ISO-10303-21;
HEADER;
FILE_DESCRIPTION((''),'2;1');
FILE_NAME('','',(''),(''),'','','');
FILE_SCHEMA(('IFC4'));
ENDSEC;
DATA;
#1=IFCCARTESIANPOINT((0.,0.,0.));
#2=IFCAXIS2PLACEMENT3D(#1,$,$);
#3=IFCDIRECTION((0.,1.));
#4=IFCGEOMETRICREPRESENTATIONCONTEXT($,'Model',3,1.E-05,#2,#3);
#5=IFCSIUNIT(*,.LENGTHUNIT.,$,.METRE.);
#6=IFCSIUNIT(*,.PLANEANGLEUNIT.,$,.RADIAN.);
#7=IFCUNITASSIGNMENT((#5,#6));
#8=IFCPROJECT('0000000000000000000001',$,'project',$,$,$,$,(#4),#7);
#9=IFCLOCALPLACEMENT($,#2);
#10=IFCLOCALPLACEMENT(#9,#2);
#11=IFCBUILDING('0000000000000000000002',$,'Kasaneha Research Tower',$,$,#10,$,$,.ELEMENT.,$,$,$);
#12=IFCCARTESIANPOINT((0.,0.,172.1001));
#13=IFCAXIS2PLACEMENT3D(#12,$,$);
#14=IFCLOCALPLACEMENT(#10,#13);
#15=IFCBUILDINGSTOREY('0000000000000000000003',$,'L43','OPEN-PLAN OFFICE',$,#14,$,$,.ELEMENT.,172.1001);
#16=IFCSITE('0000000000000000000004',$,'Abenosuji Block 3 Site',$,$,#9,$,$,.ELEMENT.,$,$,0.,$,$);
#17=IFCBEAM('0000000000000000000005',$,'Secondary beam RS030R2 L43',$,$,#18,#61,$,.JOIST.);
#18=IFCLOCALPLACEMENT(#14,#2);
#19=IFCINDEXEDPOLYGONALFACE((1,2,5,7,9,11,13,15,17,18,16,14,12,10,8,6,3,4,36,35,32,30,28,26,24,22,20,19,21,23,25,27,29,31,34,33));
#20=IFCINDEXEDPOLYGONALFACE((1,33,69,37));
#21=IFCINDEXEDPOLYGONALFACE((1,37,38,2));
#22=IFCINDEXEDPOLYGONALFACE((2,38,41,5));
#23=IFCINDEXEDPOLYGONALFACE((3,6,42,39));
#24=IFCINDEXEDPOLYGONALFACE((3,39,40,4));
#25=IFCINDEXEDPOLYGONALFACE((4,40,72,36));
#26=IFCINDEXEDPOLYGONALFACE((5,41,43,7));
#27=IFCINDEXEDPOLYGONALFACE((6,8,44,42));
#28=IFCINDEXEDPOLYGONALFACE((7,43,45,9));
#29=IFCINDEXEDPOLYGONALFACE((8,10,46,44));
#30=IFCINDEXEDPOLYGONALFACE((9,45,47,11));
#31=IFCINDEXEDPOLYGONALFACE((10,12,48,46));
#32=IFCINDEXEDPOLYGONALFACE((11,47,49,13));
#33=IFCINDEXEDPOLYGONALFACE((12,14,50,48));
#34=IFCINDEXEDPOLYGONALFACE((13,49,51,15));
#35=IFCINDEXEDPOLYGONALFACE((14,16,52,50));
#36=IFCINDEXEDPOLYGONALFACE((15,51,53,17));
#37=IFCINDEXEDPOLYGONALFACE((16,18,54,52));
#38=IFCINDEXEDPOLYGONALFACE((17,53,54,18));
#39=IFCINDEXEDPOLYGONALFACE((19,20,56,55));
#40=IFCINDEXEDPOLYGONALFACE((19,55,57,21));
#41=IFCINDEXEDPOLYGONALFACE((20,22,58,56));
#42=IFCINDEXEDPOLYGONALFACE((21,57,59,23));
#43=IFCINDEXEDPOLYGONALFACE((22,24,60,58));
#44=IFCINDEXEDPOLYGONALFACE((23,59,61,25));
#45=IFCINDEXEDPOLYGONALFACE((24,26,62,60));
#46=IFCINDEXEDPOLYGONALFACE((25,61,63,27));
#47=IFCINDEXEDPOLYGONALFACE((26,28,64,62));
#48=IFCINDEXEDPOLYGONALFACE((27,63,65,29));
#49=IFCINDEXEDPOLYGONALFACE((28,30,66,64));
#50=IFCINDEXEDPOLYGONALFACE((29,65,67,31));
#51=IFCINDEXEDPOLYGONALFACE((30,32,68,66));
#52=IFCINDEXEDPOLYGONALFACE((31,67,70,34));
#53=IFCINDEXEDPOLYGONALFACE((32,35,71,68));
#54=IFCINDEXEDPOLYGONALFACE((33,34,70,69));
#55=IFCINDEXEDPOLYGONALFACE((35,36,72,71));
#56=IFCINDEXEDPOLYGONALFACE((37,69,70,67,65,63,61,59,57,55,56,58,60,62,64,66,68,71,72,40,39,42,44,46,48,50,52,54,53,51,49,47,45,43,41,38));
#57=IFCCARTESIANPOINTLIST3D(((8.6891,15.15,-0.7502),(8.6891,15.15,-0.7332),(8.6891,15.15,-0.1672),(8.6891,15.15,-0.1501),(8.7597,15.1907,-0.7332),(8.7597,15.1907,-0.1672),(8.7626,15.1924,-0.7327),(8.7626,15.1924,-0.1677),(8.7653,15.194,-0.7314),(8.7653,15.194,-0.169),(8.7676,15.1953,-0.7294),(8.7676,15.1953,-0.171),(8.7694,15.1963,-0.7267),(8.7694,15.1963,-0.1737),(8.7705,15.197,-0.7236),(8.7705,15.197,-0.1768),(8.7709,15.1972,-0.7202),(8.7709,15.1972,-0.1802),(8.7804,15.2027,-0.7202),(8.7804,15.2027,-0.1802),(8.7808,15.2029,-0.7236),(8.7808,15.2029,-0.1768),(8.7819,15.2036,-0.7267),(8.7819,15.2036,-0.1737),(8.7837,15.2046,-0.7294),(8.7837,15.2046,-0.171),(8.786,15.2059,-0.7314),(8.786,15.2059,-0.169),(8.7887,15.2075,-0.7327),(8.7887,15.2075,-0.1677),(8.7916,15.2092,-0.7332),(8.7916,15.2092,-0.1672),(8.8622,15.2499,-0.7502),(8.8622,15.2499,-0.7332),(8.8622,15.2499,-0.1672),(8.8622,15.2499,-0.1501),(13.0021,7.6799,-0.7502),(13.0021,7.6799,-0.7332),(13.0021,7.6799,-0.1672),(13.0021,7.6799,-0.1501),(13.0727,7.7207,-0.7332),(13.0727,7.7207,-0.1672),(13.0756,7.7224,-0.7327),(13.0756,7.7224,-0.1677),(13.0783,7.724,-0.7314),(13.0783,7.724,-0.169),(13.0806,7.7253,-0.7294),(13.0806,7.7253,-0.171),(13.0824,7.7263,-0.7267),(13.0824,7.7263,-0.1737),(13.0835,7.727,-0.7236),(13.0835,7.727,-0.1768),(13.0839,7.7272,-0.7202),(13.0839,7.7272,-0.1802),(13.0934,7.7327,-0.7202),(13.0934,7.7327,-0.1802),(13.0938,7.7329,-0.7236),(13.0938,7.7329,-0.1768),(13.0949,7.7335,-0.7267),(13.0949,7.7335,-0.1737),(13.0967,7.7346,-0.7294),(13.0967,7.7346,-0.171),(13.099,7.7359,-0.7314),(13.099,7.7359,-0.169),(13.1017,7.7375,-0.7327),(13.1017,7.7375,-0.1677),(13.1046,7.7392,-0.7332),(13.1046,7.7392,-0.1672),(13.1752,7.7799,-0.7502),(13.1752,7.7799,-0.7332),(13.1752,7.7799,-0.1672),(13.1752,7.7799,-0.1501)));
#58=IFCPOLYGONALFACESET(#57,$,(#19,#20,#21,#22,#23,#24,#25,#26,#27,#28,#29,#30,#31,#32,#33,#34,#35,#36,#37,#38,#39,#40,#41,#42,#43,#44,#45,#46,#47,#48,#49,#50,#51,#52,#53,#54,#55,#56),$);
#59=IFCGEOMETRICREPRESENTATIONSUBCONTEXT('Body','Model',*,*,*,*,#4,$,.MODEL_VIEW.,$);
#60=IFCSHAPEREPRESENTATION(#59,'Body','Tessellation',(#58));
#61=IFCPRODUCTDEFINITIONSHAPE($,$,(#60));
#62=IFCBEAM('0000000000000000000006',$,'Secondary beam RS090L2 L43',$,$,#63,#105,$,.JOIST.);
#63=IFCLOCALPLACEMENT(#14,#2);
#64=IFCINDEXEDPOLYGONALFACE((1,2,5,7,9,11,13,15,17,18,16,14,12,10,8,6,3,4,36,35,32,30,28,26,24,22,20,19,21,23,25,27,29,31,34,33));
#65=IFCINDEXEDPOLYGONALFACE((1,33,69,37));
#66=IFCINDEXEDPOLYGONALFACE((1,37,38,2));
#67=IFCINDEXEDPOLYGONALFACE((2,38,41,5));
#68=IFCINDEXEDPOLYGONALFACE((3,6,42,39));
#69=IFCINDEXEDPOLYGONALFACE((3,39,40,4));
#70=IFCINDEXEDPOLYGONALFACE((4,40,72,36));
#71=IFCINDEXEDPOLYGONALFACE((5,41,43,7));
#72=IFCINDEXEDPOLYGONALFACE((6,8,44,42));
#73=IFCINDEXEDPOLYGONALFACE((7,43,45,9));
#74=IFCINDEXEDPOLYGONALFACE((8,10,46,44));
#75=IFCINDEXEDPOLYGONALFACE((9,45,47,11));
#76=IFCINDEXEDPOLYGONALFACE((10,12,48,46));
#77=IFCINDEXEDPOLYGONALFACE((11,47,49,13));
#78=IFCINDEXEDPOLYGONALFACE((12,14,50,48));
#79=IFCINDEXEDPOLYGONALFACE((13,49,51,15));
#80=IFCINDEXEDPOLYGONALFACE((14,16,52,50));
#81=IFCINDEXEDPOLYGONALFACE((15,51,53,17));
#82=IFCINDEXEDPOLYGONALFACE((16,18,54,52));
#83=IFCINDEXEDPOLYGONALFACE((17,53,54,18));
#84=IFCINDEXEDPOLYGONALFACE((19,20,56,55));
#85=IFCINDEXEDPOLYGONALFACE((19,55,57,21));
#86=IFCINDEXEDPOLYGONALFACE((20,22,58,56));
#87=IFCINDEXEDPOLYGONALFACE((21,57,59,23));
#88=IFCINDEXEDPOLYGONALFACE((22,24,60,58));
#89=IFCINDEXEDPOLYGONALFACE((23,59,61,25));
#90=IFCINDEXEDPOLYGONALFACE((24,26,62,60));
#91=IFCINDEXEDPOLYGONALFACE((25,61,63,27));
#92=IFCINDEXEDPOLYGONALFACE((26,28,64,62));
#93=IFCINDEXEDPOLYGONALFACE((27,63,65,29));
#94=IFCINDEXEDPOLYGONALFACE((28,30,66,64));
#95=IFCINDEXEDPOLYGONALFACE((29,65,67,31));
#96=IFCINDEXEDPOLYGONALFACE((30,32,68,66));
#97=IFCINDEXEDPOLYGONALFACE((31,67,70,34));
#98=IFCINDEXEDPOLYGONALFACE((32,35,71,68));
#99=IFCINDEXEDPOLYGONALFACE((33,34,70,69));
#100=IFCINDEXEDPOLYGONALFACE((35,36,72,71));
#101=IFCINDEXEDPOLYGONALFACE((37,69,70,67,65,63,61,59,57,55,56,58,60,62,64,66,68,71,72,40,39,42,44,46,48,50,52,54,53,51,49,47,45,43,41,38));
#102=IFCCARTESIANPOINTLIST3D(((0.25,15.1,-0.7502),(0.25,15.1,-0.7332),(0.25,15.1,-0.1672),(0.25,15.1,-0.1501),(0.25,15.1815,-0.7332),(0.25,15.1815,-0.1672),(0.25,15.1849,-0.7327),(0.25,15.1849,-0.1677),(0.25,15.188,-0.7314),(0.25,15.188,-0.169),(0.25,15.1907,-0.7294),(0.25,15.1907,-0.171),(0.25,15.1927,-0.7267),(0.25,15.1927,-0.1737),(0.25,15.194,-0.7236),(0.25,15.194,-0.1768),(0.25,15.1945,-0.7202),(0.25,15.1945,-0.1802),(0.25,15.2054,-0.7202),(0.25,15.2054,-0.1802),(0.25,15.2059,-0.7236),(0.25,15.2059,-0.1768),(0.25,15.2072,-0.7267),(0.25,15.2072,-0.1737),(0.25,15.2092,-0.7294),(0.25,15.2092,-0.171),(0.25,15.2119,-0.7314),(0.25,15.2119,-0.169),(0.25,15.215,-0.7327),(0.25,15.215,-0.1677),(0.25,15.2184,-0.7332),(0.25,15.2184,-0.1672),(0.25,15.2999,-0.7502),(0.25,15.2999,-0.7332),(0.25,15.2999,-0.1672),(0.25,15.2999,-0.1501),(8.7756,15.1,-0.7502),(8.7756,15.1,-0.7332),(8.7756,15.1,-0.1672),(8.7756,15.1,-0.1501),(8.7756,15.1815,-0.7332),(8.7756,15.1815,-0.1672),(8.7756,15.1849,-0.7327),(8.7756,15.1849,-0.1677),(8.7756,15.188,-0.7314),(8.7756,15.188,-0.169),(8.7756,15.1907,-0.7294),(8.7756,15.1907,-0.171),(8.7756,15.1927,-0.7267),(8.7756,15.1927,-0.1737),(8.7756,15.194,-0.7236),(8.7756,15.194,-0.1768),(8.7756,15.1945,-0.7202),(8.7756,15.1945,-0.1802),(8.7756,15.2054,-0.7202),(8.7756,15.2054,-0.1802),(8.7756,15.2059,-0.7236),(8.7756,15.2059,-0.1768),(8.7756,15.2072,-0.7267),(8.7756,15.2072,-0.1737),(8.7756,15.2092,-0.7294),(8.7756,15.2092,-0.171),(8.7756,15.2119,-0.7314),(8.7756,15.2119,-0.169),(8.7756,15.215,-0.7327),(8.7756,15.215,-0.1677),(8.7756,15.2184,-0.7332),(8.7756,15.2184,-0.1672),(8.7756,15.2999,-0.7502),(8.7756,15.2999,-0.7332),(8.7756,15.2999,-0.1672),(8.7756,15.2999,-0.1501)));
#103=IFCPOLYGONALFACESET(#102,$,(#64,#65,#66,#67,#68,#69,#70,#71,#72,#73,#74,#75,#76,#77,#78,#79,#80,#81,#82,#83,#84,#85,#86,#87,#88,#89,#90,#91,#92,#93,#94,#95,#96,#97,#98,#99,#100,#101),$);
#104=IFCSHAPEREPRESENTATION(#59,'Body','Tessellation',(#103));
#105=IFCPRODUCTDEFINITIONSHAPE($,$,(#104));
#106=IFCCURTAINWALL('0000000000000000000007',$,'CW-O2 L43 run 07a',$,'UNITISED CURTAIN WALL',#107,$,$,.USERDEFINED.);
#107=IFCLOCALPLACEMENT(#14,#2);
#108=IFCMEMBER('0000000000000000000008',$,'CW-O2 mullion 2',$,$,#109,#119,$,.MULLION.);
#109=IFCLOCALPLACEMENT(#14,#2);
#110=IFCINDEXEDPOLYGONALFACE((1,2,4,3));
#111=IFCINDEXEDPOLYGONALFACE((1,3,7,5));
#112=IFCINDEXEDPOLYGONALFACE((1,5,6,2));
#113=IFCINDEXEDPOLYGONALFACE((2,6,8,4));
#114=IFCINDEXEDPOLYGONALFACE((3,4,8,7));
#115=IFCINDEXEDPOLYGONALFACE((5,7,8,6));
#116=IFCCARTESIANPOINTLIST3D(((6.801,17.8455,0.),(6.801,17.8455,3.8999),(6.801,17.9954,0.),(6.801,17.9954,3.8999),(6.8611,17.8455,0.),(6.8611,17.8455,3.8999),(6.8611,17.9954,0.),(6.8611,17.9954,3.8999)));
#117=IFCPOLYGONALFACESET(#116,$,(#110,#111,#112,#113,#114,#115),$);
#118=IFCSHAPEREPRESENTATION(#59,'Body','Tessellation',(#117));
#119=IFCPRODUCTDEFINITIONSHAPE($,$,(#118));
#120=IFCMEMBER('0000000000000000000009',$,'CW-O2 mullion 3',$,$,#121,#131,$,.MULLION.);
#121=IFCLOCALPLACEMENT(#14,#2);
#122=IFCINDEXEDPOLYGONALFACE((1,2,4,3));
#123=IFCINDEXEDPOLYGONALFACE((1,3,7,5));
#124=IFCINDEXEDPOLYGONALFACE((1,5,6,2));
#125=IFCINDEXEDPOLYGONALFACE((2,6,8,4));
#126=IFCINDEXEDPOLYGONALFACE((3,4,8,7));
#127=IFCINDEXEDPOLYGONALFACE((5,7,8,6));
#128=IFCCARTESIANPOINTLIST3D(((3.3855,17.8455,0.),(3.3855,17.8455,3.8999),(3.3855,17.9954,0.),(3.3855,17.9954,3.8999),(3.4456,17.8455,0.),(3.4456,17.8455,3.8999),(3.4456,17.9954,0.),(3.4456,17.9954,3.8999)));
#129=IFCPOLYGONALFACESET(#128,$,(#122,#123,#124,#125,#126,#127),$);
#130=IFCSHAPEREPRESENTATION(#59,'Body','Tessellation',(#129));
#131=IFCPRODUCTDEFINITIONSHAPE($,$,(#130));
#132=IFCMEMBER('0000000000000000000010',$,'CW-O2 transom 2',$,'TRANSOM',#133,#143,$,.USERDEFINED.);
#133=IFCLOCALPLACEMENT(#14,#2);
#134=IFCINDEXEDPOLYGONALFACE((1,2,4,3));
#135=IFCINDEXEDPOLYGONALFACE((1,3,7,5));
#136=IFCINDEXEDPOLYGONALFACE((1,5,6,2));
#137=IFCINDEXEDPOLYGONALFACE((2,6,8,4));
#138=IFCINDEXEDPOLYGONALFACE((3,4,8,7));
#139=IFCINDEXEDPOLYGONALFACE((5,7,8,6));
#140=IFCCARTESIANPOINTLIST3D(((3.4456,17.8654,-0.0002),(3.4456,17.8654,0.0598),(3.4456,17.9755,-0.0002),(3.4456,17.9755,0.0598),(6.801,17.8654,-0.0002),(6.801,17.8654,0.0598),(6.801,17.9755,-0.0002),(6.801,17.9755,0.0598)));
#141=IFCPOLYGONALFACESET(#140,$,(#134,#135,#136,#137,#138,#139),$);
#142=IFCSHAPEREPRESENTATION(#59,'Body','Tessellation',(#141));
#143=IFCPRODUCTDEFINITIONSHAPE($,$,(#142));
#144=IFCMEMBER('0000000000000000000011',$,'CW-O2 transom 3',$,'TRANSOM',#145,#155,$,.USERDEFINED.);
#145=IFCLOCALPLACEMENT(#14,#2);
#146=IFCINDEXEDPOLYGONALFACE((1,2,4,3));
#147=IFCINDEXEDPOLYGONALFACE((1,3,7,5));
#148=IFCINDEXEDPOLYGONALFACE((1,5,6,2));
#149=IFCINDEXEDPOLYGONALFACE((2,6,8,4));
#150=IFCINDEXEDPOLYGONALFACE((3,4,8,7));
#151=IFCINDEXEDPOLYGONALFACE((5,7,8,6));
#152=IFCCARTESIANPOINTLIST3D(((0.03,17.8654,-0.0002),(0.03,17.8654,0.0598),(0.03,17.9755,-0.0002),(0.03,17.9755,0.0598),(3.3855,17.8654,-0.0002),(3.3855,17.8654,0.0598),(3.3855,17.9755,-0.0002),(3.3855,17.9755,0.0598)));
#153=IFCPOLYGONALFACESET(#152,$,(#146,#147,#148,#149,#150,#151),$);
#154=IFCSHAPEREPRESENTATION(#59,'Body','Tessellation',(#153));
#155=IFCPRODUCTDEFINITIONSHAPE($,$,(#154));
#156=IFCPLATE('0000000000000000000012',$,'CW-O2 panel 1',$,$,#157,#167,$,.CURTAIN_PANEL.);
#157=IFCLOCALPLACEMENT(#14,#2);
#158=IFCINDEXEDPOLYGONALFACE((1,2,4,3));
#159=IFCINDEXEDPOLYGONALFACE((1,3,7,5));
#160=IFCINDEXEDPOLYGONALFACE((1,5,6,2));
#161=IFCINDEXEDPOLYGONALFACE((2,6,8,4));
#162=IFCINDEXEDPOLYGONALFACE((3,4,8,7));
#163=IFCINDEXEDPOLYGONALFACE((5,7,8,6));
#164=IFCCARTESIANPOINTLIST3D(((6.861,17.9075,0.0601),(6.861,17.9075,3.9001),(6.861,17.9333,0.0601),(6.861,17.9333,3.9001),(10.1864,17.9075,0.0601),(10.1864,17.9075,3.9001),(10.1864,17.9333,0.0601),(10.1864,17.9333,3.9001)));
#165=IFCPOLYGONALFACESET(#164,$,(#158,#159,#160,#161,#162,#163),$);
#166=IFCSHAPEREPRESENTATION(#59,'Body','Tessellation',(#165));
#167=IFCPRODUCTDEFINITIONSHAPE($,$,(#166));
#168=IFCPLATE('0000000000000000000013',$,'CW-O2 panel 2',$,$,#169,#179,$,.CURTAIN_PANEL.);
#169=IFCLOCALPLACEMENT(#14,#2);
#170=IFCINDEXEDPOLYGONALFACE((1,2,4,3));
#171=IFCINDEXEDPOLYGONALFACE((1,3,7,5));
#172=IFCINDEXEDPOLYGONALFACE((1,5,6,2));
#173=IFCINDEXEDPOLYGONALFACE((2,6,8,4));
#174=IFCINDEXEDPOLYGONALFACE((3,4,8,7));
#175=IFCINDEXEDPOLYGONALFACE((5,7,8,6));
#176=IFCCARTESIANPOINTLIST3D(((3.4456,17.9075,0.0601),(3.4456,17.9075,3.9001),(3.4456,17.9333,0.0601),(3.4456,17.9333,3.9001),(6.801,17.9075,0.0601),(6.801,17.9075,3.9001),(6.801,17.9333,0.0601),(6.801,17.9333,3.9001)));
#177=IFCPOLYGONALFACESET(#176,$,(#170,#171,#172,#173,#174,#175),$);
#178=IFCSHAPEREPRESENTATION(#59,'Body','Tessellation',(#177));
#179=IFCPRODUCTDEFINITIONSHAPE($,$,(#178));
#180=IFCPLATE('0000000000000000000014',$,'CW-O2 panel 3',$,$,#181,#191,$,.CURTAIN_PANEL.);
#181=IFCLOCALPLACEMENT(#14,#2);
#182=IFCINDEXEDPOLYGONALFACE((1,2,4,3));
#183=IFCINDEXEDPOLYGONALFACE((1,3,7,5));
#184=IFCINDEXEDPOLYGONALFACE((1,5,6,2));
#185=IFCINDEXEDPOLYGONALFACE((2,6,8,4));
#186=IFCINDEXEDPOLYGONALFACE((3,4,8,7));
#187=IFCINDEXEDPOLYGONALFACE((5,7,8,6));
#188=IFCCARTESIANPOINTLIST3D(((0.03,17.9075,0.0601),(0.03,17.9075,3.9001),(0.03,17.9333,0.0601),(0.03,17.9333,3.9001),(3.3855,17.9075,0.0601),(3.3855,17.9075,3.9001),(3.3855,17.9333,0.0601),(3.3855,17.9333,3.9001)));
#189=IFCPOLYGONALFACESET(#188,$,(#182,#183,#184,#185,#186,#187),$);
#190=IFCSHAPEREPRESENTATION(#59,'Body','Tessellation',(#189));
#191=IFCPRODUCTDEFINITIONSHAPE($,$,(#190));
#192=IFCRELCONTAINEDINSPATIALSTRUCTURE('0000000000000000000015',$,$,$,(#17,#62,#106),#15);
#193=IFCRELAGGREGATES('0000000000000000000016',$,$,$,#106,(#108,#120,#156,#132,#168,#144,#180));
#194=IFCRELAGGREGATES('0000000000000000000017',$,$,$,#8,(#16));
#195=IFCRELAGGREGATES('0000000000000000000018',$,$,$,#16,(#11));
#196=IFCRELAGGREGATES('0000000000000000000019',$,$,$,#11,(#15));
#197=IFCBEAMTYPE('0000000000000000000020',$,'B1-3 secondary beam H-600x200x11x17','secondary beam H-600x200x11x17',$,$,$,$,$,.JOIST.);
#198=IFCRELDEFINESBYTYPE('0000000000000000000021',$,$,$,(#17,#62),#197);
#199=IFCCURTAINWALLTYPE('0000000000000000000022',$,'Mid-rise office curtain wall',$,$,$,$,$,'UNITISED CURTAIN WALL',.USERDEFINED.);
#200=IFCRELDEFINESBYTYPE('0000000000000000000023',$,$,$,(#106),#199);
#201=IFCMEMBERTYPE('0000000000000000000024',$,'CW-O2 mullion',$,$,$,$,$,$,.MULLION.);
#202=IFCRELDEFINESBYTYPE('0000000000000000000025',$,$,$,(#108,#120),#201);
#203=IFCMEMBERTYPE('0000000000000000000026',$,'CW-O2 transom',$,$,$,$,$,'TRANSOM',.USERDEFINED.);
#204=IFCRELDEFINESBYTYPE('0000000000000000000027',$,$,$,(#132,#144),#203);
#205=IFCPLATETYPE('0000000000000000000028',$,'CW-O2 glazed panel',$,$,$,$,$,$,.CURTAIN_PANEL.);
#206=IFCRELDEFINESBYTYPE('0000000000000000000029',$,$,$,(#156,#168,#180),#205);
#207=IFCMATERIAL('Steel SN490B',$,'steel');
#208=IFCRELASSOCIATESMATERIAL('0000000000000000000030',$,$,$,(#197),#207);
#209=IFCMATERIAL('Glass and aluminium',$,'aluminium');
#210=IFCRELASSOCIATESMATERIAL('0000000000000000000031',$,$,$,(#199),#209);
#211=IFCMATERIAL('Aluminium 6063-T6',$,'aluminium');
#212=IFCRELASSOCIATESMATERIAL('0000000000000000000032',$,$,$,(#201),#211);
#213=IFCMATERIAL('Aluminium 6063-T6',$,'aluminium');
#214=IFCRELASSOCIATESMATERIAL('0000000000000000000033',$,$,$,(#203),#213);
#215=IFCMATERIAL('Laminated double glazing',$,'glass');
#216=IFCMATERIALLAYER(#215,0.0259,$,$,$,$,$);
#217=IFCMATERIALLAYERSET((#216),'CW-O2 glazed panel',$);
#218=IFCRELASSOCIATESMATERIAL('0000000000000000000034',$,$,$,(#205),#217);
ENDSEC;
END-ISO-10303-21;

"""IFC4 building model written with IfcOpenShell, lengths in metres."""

from ifc_helpers import new_model, si_unit, direction, frame, origin, origin_2d, place, context, subcontext, project, spatial, rectangle, i_section, extrude, material, layer, layer_set, material_profile, profile_set, type_object, element, aggregate, save


model = new_model("IFC4")

# Units and contexts
model_context = context("Model", 3, precision=1e-05, world=origin(), true_north=direction((0.0, 1.0)))
body_context = subcontext(model_context, "Body", "Model", "MODEL_VIEW")
ifc_project = project(units=[si_unit("LENGTHUNIT", "METRE"), si_unit("PLANEANGLEUNIT", "RADIAN")], contexts=[model_context])

# Site, building, storey
site_placement = place(None, origin())
site = spatial("IfcSite", under=ifc_project, at=site_placement, Name="Abenosuji Block 3 Site", CompositionType="ELEMENT", RefElevation=0.0)
building_placement = place(site_placement, origin())
building = spatial("IfcBuilding", under=site, at=building_placement, Name="Kasaneha Research Tower", CompositionType="ELEMENT")
storey_placement = place(building_placement, frame((0.0, 0.0, 172.1001)))
storey = spatial("IfcBuildingStorey", under=building, at=storey_placement, Name="L43", Description="OPEN-PLAN OFFICE", CompositionType="ELEMENT", Elevation=172.1001)

# Beams
ifc_material_1 = material(Name="Steel SN490B", Category="steel")
ifc_material_profile_1 = material_profile(ifc_material_1, i_section(OverallWidth=0.2, OverallDepth=0.6001, WebThickness=0.011, FlangeThickness=0.0171, FilletRadius=0.0129, at=origin_2d()), Name="H-600x200x11x17")
ifc_profile_set_1 = profile_set([ifc_material_profile_1], Name="Steel SN490B")
beam_type = type_object("IfcBeamType", Name="B1-3 secondary beam H-600x200x11x17", Description="secondary beam H-600x200x11x17", PredefinedType="JOIST", material=ifc_profile_set_1)
beam_1_placement = place(storey_placement, frame((8.7756, 15.2, -0.4502), z_axis=(0.500017, -0.866015, 0.0), x_axis=(0.866015, 0.500017, 0.0)))
element("IfcBeam", 1, at=beam_1_placement, inside=storey, type_object=beam_type, Name="Secondary beam RS030R2 L43", PredefinedType="JOIST", context=body_context, shape_type="SweptSolid", body=[
    extrude(i_section(OverallWidth=0.2, OverallDepth=0.6001, WebThickness=0.011, FlangeThickness=0.0171, FilletRadius=0.0129, at=origin_2d()), origin(), (0.0, 0.0, 1.0), 8.6257),
])
beam_2_placement = place(storey_placement, frame((8.7756, 15.2, -0.4502), z_axis=(-1.0, 0.0, 0.0), x_axis=(0.0, -1.0, 0.0)))
element("IfcBeam", 2, at=beam_2_placement, inside=storey, type_object=beam_type, Name="Secondary beam RS090L2 L43", PredefinedType="JOIST", context=body_context, shape_type="SweptSolid", body=[
    extrude(i_section(OverallWidth=0.2, OverallDepth=0.6001, WebThickness=0.011, FlangeThickness=0.0171, FilletRadius=0.0129, at=origin_2d()), origin(), (0.0, 0.0, 1.0), 8.5256),
])

# Curtain wall, members, plates
ifc_material_2 = material(Name="Glass and aluminium", Category="aluminium")
curtain_wall_type = type_object("IfcCurtainWallType", Name="Mid-rise office curtain wall", ElementType="UNITISED CURTAIN WALL", PredefinedType="USERDEFINED", material=ifc_material_2)
curtain_wall_placement = place(storey_placement, origin())
curtain_wall = element("IfcCurtainWall", 3, at=curtain_wall_placement, inside=storey, type_object=curtain_wall_type, Name="CW-O2 L43 run 07a", ObjectType="UNITISED CURTAIN WALL", PredefinedType="USERDEFINED")
ifc_material_3 = material(Name="Aluminium 6063-T6", Category="aluminium")
ifc_material_profile_2 = material_profile(ifc_material_3, rectangle(XDim=0.0601, YDim=0.1499, at=origin_2d()), Name="CW-O2 mullion 60x150")
ifc_profile_set_2 = profile_set([ifc_material_profile_2], Name="Aluminium 6063-T6")
member_type_1 = type_object("IfcMemberType", Name="CW-O2 mullion", PredefinedType="MULLION", material=ifc_profile_set_2)
member_1_placement = place(storey_placement, frame((6.8311, 17.9204, 0.0), z_axis=(0.0, 0.0, 1.0), x_axis=(-1.0, 0.0, 0.0)))
member_1 = element("IfcMember", 4, at=member_1_placement, type_object=member_type_1, Name="CW-O2 mullion 2", PredefinedType="MULLION", context=body_context, shape_type="SweptSolid", body=[
    extrude(rectangle(XDim=0.0601, YDim=0.1499, at=origin_2d()), origin(), (0.0, 0.0, 1.0), 3.8999),
])
member_2_placement = place(storey_placement, frame((3.4155, 17.9204, 0.0), z_axis=(0.0, 0.0, 1.0), x_axis=(-1.0, 0.0, 0.0)))
member_2 = element("IfcMember", 5, at=member_2_placement, type_object=member_type_1, Name="CW-O2 mullion 3", PredefinedType="MULLION", context=body_context, shape_type="SweptSolid", body=[
    extrude(rectangle(XDim=0.0601, YDim=0.1499, at=origin_2d()), origin(), (0.0, 0.0, 1.0), 3.8999),
])
ifc_material_4 = material(Name="Aluminium 6063-T6", Category="aluminium")
ifc_material_profile_3 = material_profile(ifc_material_4, rectangle(XDim=0.1101, YDim=0.0601, at=origin_2d()), Name="CW-O2 transom 110x60")
ifc_profile_set_3 = profile_set([ifc_material_profile_3], Name="Aluminium 6063-T6")
member_type_2 = type_object("IfcMemberType", Name="CW-O2 transom", ElementType="TRANSOM", PredefinedType="USERDEFINED", material=ifc_profile_set_3)
member_3_placement = place(storey_placement, frame((6.801, 17.9204, 0.0298), z_axis=(-1.0, 0.0, 0.0), x_axis=(0.0, -1.0, 0.0)))
member_3 = element("IfcMember", 6, at=member_3_placement, type_object=member_type_2, Name="CW-O2 transom 2", ObjectType="TRANSOM", PredefinedType="USERDEFINED", context=body_context, shape_type="SweptSolid", body=[
    extrude(rectangle(XDim=0.1101, YDim=0.0601, at=origin_2d()), origin(), (0.0, 0.0, 1.0), 3.3555),
])
member_4_placement = place(storey_placement, frame((3.3855, 17.9204, 0.0298), z_axis=(-1.0, 0.0, 0.0), x_axis=(0.0, -1.0, 0.0)))
member_4 = element("IfcMember", 7, at=member_4_placement, type_object=member_type_2, Name="CW-O2 transom 3", ObjectType="TRANSOM", PredefinedType="USERDEFINED", context=body_context, shape_type="SweptSolid", body=[
    extrude(rectangle(XDim=0.1101, YDim=0.0601, at=origin_2d()), origin(), (0.0, 0.0, 1.0), 3.3555),
])
ifc_material_5 = material(Name="Laminated double glazing", Category="glass")
ifc_layer_1 = layer(ifc_material_5, 0.0259)
ifc_layer_set_1 = layer_set([ifc_layer_1], Name="CW-O2 glazed panel")
plate_type = type_object("IfcPlateType", Name="CW-O2 glazed panel", PredefinedType="CURTAIN_PANEL", material=ifc_layer_set_1)
plate_1_placement = place(storey_placement, frame((8.5237, 17.9204, 0.0601), z_axis=(0.0, 0.0, 1.0), x_axis=(-1.0, 0.0, 0.0)))
plate_1 = element("IfcPlate", 8, at=plate_1_placement, type_object=plate_type, Name="CW-O2 panel 1", PredefinedType="CURTAIN_PANEL", context=body_context, shape_type="SweptSolid", body=[
    extrude(rectangle(XDim=3.3254, YDim=0.0259, at=origin_2d()), origin(), (0.0, 0.0, 1.0), 3.8401),
])
plate_2_placement = place(storey_placement, frame((5.1233, 17.9204, 0.0601), z_axis=(0.0, 0.0, 1.0), x_axis=(-1.0, 0.0, 0.0)))
plate_2 = element("IfcPlate", 9, at=plate_2_placement, type_object=plate_type, Name="CW-O2 panel 2", PredefinedType="CURTAIN_PANEL", context=body_context, shape_type="SweptSolid", body=[
    extrude(rectangle(XDim=3.3555, YDim=0.0259, at=origin_2d()), origin(), (0.0, 0.0, 1.0), 3.8401),
])
plate_3_placement = place(storey_placement, frame((1.7078, 17.9204, 0.0601), z_axis=(0.0, 0.0, 1.0), x_axis=(-1.0, 0.0, 0.0)))
plate_3 = element("IfcPlate", 10, at=plate_3_placement, type_object=plate_type, Name="CW-O2 panel 3", PredefinedType="CURTAIN_PANEL", context=body_context, shape_type="SweptSolid", body=[
    extrude(rectangle(XDim=3.3555, YDim=0.0259, at=origin_2d()), origin(), (0.0, 0.0, 1.0), 3.8401),
])
aggregate(curtain_wall, [member_1, member_2, plate_1, member_3, plate_2, member_4, plate_3])

save(model, "model.ifc")
